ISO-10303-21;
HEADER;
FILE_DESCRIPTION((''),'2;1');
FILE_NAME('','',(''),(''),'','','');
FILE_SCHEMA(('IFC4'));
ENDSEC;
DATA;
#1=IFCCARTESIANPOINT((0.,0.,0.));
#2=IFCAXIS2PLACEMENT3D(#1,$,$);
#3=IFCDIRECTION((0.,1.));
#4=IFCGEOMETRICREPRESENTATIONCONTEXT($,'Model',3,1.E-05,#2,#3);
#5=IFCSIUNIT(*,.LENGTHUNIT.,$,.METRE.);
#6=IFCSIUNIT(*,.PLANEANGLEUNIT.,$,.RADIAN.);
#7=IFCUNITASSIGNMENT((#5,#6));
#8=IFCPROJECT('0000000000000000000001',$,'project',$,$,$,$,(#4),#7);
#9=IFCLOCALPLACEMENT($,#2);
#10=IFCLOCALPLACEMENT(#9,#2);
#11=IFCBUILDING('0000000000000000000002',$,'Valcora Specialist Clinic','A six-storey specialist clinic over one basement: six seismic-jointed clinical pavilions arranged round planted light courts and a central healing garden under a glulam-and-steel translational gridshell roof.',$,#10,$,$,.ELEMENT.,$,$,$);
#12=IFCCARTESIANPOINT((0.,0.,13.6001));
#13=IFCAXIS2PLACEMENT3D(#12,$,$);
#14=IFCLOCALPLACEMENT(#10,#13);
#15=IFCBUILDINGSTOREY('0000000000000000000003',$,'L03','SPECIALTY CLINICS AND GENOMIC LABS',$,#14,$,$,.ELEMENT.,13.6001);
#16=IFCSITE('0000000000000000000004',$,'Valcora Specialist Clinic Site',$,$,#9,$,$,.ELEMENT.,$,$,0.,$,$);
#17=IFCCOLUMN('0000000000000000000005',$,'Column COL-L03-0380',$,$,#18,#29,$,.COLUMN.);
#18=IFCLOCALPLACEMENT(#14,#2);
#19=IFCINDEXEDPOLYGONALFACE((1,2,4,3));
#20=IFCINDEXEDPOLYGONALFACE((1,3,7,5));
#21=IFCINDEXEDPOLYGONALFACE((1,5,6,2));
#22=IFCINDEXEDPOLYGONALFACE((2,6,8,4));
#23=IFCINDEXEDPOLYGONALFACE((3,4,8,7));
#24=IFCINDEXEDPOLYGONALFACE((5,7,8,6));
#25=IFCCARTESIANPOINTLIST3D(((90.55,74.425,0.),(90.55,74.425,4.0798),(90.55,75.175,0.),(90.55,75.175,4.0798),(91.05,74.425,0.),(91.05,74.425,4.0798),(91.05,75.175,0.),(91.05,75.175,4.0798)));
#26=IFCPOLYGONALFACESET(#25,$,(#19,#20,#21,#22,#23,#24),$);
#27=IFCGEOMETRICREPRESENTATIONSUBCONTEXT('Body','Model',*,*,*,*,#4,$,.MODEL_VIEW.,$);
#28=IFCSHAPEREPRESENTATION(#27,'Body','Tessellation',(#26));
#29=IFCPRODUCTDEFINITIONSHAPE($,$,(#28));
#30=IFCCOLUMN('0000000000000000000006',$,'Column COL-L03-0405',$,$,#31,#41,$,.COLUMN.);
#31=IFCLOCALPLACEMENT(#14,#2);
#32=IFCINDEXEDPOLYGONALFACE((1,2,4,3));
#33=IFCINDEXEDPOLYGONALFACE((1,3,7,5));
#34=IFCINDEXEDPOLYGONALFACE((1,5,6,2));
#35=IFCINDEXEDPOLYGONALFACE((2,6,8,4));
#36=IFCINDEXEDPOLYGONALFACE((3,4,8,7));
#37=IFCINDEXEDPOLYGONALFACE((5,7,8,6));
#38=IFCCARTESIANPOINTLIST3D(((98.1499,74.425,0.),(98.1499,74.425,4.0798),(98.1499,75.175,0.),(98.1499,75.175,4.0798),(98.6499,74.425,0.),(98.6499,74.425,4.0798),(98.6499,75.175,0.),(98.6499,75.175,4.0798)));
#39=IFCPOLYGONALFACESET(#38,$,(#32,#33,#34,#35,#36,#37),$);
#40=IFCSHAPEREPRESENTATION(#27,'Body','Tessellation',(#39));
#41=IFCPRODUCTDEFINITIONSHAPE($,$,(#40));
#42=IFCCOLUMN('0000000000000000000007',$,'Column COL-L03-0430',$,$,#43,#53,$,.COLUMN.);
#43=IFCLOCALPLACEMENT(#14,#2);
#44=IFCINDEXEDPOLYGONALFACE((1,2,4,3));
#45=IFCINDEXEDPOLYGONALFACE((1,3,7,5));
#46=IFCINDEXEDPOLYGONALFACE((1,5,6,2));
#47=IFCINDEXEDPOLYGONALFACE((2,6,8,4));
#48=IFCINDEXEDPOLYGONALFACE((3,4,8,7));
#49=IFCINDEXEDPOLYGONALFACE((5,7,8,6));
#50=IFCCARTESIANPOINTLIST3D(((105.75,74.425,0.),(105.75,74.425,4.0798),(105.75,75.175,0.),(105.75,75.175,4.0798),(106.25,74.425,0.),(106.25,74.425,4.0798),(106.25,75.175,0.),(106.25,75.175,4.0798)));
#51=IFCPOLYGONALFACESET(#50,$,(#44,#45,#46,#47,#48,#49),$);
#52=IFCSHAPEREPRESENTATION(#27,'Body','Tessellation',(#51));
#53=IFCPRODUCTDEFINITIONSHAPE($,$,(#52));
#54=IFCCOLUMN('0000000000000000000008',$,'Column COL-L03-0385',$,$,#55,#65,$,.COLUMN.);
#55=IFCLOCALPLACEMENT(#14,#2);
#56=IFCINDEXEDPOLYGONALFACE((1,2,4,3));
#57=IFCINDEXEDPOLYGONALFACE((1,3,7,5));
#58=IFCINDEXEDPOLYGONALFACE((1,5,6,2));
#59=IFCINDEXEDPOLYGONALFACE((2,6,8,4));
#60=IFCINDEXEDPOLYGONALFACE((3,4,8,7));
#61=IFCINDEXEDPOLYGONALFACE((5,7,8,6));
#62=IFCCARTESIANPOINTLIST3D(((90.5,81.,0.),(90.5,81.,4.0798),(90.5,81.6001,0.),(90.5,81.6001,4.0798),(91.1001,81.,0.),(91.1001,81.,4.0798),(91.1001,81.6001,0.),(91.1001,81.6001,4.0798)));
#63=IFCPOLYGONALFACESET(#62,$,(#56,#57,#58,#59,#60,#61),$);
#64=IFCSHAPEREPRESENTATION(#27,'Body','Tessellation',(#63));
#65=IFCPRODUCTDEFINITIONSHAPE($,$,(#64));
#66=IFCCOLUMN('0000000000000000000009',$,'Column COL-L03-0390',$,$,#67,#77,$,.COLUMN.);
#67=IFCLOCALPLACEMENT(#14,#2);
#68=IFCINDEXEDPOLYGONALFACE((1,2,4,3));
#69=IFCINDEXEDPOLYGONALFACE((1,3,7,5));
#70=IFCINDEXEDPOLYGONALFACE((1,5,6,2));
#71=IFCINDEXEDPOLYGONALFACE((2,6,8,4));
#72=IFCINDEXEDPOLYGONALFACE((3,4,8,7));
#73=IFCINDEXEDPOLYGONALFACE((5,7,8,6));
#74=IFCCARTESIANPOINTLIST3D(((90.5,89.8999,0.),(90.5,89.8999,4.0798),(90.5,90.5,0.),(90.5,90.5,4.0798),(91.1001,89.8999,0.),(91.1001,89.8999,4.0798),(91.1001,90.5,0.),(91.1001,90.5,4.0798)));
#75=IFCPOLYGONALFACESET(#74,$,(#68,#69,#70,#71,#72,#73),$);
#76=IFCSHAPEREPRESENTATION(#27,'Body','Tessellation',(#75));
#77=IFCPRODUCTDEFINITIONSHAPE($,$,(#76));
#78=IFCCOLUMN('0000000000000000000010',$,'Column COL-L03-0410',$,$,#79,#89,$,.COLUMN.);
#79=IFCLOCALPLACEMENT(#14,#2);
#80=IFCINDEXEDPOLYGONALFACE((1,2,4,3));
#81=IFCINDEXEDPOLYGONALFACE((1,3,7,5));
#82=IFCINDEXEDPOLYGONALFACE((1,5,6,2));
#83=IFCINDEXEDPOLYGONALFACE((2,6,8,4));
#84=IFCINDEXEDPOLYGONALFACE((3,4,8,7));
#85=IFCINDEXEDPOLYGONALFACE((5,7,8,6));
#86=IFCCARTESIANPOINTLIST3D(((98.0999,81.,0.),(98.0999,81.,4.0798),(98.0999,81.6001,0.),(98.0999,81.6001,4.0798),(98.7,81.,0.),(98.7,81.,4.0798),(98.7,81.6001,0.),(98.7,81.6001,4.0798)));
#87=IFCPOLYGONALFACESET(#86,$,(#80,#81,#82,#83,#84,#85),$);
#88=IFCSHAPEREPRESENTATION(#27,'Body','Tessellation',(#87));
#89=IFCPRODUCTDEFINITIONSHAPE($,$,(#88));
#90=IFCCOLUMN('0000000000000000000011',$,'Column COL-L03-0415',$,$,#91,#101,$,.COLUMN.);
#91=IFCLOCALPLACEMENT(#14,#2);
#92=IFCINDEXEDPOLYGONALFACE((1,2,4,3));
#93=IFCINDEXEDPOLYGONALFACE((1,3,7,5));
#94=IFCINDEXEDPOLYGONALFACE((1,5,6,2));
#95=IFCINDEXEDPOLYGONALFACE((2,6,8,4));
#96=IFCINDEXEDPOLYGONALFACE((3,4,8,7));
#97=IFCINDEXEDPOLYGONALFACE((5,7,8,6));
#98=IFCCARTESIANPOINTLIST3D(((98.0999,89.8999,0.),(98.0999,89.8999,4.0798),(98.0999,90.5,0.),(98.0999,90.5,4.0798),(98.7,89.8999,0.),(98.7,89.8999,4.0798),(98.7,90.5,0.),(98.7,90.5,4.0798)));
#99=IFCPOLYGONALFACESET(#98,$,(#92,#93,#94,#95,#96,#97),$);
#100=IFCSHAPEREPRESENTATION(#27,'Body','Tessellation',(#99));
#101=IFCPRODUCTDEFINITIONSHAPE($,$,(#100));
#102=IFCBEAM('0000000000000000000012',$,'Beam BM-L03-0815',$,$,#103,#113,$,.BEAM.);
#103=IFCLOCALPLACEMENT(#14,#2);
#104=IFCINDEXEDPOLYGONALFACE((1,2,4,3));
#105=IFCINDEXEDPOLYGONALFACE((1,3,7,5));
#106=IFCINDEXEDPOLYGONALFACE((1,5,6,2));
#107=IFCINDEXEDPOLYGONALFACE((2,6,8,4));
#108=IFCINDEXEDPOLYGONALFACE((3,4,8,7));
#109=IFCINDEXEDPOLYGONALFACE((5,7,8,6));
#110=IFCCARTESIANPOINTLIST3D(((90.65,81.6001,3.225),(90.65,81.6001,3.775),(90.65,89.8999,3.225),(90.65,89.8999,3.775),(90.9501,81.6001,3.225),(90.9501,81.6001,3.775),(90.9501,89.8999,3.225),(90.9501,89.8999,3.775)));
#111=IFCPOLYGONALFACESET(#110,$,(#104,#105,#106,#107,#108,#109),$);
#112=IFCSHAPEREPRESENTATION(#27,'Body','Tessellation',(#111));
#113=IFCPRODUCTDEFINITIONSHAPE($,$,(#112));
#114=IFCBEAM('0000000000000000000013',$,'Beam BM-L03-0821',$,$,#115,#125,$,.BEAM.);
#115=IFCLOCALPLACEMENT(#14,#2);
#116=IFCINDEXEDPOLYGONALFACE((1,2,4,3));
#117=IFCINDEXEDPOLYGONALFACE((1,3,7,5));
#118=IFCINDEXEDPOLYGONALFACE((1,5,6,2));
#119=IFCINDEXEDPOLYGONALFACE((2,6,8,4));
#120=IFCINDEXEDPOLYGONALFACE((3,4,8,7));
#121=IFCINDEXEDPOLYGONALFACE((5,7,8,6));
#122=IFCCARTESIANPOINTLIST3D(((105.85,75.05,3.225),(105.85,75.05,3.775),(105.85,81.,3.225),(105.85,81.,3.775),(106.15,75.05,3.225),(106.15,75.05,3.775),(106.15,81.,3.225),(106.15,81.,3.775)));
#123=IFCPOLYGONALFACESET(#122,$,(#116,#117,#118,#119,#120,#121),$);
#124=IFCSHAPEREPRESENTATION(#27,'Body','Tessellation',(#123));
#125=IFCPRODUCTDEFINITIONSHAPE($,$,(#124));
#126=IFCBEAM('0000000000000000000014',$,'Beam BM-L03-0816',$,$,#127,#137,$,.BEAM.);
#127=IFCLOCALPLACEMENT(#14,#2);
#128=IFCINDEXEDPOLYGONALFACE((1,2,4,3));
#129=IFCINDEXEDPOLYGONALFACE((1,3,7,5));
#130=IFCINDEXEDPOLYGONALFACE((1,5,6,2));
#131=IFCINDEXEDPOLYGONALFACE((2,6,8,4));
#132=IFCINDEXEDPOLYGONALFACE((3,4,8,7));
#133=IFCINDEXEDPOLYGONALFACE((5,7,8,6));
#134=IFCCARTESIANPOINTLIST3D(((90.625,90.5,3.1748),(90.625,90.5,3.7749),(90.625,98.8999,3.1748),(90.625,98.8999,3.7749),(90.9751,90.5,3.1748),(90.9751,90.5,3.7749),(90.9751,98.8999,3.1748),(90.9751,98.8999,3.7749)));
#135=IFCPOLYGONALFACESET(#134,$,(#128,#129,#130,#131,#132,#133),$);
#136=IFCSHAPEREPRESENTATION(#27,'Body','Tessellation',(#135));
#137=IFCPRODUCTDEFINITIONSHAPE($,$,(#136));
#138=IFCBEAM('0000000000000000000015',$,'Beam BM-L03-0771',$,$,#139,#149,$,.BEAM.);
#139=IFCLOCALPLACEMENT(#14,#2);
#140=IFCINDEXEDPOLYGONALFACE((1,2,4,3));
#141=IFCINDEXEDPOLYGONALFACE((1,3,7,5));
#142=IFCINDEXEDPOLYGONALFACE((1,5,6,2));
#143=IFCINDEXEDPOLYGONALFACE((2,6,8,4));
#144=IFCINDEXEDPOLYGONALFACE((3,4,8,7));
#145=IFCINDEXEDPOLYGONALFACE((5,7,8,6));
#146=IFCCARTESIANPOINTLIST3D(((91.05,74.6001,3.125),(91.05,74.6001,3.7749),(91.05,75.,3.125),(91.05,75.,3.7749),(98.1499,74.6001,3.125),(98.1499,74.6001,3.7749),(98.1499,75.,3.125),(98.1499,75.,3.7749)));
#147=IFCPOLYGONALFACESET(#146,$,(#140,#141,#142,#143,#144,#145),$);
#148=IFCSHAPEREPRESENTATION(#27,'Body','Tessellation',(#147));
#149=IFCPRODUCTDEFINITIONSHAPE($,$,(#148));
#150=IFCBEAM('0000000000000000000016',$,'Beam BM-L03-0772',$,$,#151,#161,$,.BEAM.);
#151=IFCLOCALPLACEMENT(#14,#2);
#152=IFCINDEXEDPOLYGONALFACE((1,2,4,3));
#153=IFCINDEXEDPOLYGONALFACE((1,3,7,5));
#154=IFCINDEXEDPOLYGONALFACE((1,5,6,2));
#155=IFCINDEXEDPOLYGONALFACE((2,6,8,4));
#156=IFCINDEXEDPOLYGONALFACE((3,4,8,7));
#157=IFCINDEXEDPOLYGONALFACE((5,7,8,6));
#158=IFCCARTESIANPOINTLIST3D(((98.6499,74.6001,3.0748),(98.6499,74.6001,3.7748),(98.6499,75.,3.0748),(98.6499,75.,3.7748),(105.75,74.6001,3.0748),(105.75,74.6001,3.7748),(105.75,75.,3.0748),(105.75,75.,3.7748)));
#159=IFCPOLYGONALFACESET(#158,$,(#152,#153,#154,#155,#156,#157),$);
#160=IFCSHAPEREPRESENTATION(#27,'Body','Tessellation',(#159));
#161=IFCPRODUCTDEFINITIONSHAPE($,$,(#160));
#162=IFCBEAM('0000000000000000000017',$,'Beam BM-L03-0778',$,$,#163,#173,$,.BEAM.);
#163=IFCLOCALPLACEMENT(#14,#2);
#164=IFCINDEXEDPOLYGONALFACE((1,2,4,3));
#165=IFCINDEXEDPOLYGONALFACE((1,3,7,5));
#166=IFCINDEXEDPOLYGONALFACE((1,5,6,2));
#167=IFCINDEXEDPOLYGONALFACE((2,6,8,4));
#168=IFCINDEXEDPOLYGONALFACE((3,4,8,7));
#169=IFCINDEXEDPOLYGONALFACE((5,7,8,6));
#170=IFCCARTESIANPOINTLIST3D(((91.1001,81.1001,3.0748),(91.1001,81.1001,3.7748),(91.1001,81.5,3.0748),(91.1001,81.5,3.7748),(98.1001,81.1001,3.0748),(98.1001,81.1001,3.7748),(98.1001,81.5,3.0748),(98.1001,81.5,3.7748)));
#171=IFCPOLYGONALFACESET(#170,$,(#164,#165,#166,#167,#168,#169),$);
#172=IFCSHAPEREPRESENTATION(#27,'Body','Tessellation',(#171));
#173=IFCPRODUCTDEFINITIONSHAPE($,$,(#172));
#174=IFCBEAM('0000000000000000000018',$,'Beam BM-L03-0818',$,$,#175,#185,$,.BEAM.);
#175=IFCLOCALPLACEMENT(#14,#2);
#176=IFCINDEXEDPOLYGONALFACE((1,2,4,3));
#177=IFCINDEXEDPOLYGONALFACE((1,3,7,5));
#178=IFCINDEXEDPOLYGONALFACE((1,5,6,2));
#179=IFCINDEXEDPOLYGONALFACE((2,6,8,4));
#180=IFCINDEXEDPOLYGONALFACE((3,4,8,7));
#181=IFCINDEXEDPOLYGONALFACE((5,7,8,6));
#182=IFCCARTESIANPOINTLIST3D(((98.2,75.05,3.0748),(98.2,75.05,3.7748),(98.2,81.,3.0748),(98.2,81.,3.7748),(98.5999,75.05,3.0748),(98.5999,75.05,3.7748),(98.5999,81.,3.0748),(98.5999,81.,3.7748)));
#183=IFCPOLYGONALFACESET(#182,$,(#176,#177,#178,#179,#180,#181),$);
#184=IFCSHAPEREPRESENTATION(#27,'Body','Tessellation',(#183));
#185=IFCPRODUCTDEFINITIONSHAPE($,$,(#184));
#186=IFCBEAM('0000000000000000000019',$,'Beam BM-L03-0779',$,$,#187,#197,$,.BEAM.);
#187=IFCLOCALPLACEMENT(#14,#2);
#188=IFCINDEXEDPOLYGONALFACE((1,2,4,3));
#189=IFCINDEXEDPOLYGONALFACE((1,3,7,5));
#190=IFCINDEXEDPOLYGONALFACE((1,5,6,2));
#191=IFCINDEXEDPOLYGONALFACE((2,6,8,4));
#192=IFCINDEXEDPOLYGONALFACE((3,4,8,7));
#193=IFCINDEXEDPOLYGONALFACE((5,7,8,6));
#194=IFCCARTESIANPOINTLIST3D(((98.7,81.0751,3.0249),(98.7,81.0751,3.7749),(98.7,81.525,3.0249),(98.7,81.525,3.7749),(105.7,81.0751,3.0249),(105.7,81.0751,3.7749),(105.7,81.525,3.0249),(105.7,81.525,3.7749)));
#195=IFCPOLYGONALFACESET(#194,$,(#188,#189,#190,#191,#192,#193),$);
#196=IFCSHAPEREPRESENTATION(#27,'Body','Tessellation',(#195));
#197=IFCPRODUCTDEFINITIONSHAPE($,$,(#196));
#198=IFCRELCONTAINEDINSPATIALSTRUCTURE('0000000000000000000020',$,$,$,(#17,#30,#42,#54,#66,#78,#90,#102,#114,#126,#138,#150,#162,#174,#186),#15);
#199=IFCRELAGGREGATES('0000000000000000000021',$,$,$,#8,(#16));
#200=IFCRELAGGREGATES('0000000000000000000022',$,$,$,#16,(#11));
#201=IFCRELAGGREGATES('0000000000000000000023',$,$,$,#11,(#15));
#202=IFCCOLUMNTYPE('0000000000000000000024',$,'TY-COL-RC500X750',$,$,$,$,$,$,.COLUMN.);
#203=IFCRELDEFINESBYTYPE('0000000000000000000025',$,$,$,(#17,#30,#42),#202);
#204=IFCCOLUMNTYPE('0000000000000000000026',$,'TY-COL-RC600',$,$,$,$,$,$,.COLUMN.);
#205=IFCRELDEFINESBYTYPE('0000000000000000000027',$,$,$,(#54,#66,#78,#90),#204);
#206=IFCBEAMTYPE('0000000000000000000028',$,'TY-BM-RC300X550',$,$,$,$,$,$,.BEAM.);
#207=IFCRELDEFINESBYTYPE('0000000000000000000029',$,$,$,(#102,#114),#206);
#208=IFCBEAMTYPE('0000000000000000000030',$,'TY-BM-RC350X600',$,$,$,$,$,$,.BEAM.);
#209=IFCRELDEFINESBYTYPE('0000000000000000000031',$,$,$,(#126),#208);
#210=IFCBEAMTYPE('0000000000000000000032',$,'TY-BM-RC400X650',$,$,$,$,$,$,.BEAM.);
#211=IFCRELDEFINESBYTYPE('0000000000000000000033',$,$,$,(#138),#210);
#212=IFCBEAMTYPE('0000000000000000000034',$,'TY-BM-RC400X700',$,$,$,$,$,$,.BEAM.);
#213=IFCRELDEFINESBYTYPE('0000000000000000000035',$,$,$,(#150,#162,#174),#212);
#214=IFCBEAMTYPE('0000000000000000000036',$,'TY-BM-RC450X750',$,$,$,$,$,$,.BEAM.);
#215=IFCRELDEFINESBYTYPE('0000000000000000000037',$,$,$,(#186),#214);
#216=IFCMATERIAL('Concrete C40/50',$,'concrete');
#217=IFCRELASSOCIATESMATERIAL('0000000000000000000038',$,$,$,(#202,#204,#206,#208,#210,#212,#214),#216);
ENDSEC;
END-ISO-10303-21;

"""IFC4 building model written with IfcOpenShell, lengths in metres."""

from ifc_helpers import new_model, si_unit, direction, frame, origin, origin_2d, place, context, subcontext, project, spatial, rectangle, extrude, material, material_profile, profile_set, type_object, element, save


model = new_model("IFC4")

# Units and contexts
model_context = context("Model", 3, precision=1e-05, world=origin(), true_north=direction((0.0, 1.0)))
body_context = subcontext(model_context, "Body", "Model", "MODEL_VIEW")
ifc_project = project(units=[si_unit("LENGTHUNIT", "METRE"), si_unit("PLANEANGLEUNIT", "RADIAN")], contexts=[model_context])

# Site, building, storey
site_placement = place(None, origin())
site = spatial("IfcSite", under=ifc_project, at=site_placement, Name="Valcora Specialist Clinic Site", CompositionType="ELEMENT", RefElevation=0.0)
building_placement = place(site_placement, origin())
building = spatial("IfcBuilding", under=site, at=building_placement, Name="Valcora Specialist Clinic", Description="A six-storey specialist clinic over one basement: six seismic-jointed clinical pavilions arranged round planted light courts and a central healing garden under a glulam-and-steel translational gridshell roof.", CompositionType="ELEMENT")
storey_placement = place(building_placement, frame((0.0, 0.0, 13.6001)))
storey = spatial("IfcBuildingStorey", under=building, at=storey_placement, Name="L03", Description="SPECIALTY CLINICS AND GENOMIC LABS", CompositionType="ELEMENT", Elevation=13.6001)

# Columns
ifc_material_1 = material(Name="Concrete C40/50", Category="concrete")
ifc_material_profile_1 = material_profile(ifc_material_1, rectangle(XDim=0.5, YDim=0.75, at=origin_2d()), Name="RC-COL-500X750")
ifc_profile_set_1 = profile_set([ifc_material_profile_1], Name="Concrete C40/50")
column_type_1 = type_object("IfcColumnType", Name="TY-COL-RC500X750", PredefinedType="COLUMN", material=ifc_profile_set_1)
for number, where, z_axis, x_axis, name in (
    (1, (90.8, 74.8, 0.0), (0.0, 0.0, 1.0), (1.0, 0.0, 0.0), "Column COL-L03-0380"),
    (2, (98.3999, 74.8, 0.0), (0.0, 0.0, 1.0), (1.0, 0.0, 0.0), "Column COL-L03-0405"),
    (3, (106.0, 74.8, 0.0), (0.0, 0.0, 1.0), (1.0, 0.0, 0.0), "Column COL-L03-0430"),
):
    element("IfcColumn", number, at=place(storey_placement, frame(where, z_axis=z_axis, x_axis=x_axis)), inside=storey, type_object=column_type_1, Name=name, PredefinedType="COLUMN", context=body_context, shape_type="SweptSolid", body=[
        extrude(rectangle(XDim=0.5, YDim=0.75, at=origin_2d()), origin(), (0.0, 0.0, 1.0), 4.0798),
    ])
ifc_material_profile_2 = material_profile(ifc_material_1, rectangle(XDim=0.6001, YDim=0.6001, at=origin_2d()), Name="RC-COL-600X600")
ifc_profile_set_2 = profile_set([ifc_material_profile_2], Name="Concrete C40/50")
column_type_2 = type_object("IfcColumnType", Name="TY-COL-RC600", PredefinedType="COLUMN", material=ifc_profile_set_2)
for number, where, z_axis, x_axis, name in (
    (4, (90.8, 81.3, 0.0), (0.0, 0.0, 1.0), (1.0, 0.0, 0.0), "Column COL-L03-0385"),
    (5, (90.8, 90.2, 0.0), (0.0, 0.0, 1.0), (1.0, 0.0, 0.0), "Column COL-L03-0390"),
    (6, (98.3999, 81.3, 0.0), (0.0, 0.0, 1.0), (1.0, 0.0, 0.0), "Column COL-L03-0410"),
    (7, (98.3999, 90.2, 0.0), (0.0, 0.0, 1.0), (1.0, 0.0, 0.0), "Column COL-L03-0415"),
):
    element("IfcColumn", number, at=place(storey_placement, frame(where, z_axis=z_axis, x_axis=x_axis)), inside=storey, type_object=column_type_2, Name=name, PredefinedType="COLUMN", context=body_context, shape_type="SweptSolid", body=[
        extrude(rectangle(XDim=0.6001, YDim=0.6001, at=origin_2d()), origin(), (0.0, 0.0, 1.0), 4.0798),
    ])

# Beams
ifc_material_profile_3 = material_profile(ifc_material_1, rectangle(XDim=0.3, YDim=0.55, at=origin_2d()), Name="RC-BM-300X550")
ifc_profile_set_3 = profile_set([ifc_material_profile_3], Name="Concrete C40/50")
beam_type_1 = type_object("IfcBeamType", Name="TY-BM-RC300X550", PredefinedType="BEAM", material=ifc_profile_set_3)
beam_1_placement = place(storey_placement, frame((90.8, 81.6001, 3.5), z_axis=(0.0, 1.0, 0.0), x_axis=(-1.0, 0.0, 0.0)))
element("IfcBeam", 8, at=beam_1_placement, inside=storey, type_object=beam_type_1, Name="Beam BM-L03-0815", PredefinedType="BEAM", context=body_context, shape_type="SweptSolid", body=[
    extrude(rectangle(XDim=0.3, YDim=0.55, at=origin_2d()), origin(), (0.0, 0.0, 1.0), 8.2998),
])
beam_2_placement = place(storey_placement, frame((106.0, 75.05, 3.5), z_axis=(0.0, 1.0, 0.0), x_axis=(-1.0, 0.0, 0.0)))
element("IfcBeam", 9, at=beam_2_placement, inside=storey, type_object=beam_type_1, Name="Beam BM-L03-0821", PredefinedType="BEAM", context=body_context, shape_type="SweptSolid", body=[
    extrude(rectangle(XDim=0.3, YDim=0.55, at=origin_2d()), origin(), (0.0, 0.0, 1.0), 5.95),
])
ifc_material_profile_4 = material_profile(ifc_material_1, rectangle(XDim=0.3501, YDim=0.6001, at=origin_2d()), Name="RC-BM-350X600")
ifc_profile_set_4 = profile_set([ifc_material_profile_4], Name="Concrete C40/50")
beam_type_2 = type_object("IfcBeamType", Name="TY-BM-RC350X600", PredefinedType="BEAM", material=ifc_profile_set_4)
beam_3_placement = place(storey_placement, frame((90.8, 90.5, 3.4749), z_axis=(0.0, 1.0, 0.0), x_axis=(-1.0, 0.0, 0.0)))
element("IfcBeam", 10, at=beam_3_placement, inside=storey, type_object=beam_type_2, Name="Beam BM-L03-0816", PredefinedType="BEAM", context=body_context, shape_type="SweptSolid", body=[
    extrude(rectangle(XDim=0.3501, YDim=0.6001, at=origin_2d()), origin(), (0.0, 0.0, 1.0), 8.3999),
])
ifc_material_profile_5 = material_profile(ifc_material_1, rectangle(XDim=0.3999, YDim=0.6499, at=origin_2d()), Name="RC-BM-400X650")
ifc_profile_set_5 = profile_set([ifc_material_profile_5], Name="Concrete C40/50")
beam_type_3 = type_object("IfcBeamType", Name="TY-BM-RC400X650", PredefinedType="BEAM", material=ifc_profile_set_5)
beam_4_placement = place(storey_placement, frame((91.05, 74.8, 3.45), z_axis=(1.0, 0.0, 0.0), x_axis=(0.0, 1.0, 0.0)))
element("IfcBeam", 11, at=beam_4_placement, inside=storey, type_object=beam_type_3, Name="Beam BM-L03-0771", PredefinedType="BEAM", context=body_context, shape_type="SweptSolid", body=[
    extrude(rectangle(XDim=0.3999, YDim=0.6499, at=origin_2d()), origin(), (0.0, 0.0, 1.0), 7.0999),
])
ifc_material_profile_6 = material_profile(ifc_material_1, rectangle(XDim=0.3999, YDim=0.7, at=origin_2d()), Name="RC-BM-400X700")
ifc_profile_set_6 = profile_set([ifc_material_profile_6], Name="Concrete C40/50")
beam_type_4 = type_object("IfcBeamType", Name="TY-BM-RC400X700", PredefinedType="BEAM", material=ifc_profile_set_6)
beam_5_placement = place(storey_placement, frame((98.6499, 74.8, 3.4248), z_axis=(1.0, 0.0, 0.0), x_axis=(0.0, 1.0, 0.0)))
element("IfcBeam", 12, at=beam_5_placement, inside=storey, type_object=beam_type_4, Name="Beam BM-L03-0772", PredefinedType="BEAM", context=body_context, shape_type="SweptSolid", body=[
    extrude(rectangle(XDim=0.3999, YDim=0.7, at=origin_2d()), origin(), (0.0, 0.0, 1.0), 7.1001),
])
beam_6_placement = place(storey_placement, frame((91.1001, 81.3, 3.4248), z_axis=(1.0, 0.0, 0.0), x_axis=(0.0, 1.0, 0.0)))
element("IfcBeam", 13, at=beam_6_placement, inside=storey, type_object=beam_type_4, Name="Beam BM-L03-0778", PredefinedType="BEAM", context=body_context, shape_type="SweptSolid", body=[
    extrude(rectangle(XDim=0.3999, YDim=0.7, at=origin_2d()), origin(), (0.0, 0.0, 1.0), 7.0),
])
beam_7_placement = place(storey_placement, frame((98.3999, 75.05, 3.4248), z_axis=(0.0, 1.0, 0.0), x_axis=(-1.0, 0.0, 0.0)))
element("IfcBeam", 14, at=beam_7_placement, inside=storey, type_object=beam_type_4, Name="Beam BM-L03-0818", PredefinedType="BEAM", context=body_context, shape_type="SweptSolid", body=[
    extrude(rectangle(XDim=0.3999, YDim=0.7, at=origin_2d()), origin(), (0.0, 0.0, 1.0), 5.95),
])
ifc_material_profile_7 = material_profile(ifc_material_1, rectangle(XDim=0.45, YDim=0.75, at=origin_2d()), Name="RC-BM-450X750")
ifc_profile_set_7 = profile_set([ifc_material_profile_7], Name="Concrete C40/50")
beam_type_5 = type_object("IfcBeamType", Name="TY-BM-RC450X750", PredefinedType="BEAM", material=ifc_profile_set_7)
for number, where, z_axis, x_axis, name in (
    (15, (98.7, 81.3, 3.3999), (1.0, 0.0, 0.0), (0.0, 1.0, 0.0), "Beam BM-L03-0779"),
):
    element("IfcBeam", number, at=place(storey_placement, frame(where, z_axis=z_axis, x_axis=x_axis)), inside=storey, type_object=beam_type_5, Name=name, PredefinedType="BEAM", context=body_context, shape_type="SweptSolid", body=[
        extrude(rectangle(XDim=0.45, YDim=0.75, at=origin_2d()), origin(), (0.0, 0.0, 1.0), 7.0),
    ])

save(model, "model.ifc")
